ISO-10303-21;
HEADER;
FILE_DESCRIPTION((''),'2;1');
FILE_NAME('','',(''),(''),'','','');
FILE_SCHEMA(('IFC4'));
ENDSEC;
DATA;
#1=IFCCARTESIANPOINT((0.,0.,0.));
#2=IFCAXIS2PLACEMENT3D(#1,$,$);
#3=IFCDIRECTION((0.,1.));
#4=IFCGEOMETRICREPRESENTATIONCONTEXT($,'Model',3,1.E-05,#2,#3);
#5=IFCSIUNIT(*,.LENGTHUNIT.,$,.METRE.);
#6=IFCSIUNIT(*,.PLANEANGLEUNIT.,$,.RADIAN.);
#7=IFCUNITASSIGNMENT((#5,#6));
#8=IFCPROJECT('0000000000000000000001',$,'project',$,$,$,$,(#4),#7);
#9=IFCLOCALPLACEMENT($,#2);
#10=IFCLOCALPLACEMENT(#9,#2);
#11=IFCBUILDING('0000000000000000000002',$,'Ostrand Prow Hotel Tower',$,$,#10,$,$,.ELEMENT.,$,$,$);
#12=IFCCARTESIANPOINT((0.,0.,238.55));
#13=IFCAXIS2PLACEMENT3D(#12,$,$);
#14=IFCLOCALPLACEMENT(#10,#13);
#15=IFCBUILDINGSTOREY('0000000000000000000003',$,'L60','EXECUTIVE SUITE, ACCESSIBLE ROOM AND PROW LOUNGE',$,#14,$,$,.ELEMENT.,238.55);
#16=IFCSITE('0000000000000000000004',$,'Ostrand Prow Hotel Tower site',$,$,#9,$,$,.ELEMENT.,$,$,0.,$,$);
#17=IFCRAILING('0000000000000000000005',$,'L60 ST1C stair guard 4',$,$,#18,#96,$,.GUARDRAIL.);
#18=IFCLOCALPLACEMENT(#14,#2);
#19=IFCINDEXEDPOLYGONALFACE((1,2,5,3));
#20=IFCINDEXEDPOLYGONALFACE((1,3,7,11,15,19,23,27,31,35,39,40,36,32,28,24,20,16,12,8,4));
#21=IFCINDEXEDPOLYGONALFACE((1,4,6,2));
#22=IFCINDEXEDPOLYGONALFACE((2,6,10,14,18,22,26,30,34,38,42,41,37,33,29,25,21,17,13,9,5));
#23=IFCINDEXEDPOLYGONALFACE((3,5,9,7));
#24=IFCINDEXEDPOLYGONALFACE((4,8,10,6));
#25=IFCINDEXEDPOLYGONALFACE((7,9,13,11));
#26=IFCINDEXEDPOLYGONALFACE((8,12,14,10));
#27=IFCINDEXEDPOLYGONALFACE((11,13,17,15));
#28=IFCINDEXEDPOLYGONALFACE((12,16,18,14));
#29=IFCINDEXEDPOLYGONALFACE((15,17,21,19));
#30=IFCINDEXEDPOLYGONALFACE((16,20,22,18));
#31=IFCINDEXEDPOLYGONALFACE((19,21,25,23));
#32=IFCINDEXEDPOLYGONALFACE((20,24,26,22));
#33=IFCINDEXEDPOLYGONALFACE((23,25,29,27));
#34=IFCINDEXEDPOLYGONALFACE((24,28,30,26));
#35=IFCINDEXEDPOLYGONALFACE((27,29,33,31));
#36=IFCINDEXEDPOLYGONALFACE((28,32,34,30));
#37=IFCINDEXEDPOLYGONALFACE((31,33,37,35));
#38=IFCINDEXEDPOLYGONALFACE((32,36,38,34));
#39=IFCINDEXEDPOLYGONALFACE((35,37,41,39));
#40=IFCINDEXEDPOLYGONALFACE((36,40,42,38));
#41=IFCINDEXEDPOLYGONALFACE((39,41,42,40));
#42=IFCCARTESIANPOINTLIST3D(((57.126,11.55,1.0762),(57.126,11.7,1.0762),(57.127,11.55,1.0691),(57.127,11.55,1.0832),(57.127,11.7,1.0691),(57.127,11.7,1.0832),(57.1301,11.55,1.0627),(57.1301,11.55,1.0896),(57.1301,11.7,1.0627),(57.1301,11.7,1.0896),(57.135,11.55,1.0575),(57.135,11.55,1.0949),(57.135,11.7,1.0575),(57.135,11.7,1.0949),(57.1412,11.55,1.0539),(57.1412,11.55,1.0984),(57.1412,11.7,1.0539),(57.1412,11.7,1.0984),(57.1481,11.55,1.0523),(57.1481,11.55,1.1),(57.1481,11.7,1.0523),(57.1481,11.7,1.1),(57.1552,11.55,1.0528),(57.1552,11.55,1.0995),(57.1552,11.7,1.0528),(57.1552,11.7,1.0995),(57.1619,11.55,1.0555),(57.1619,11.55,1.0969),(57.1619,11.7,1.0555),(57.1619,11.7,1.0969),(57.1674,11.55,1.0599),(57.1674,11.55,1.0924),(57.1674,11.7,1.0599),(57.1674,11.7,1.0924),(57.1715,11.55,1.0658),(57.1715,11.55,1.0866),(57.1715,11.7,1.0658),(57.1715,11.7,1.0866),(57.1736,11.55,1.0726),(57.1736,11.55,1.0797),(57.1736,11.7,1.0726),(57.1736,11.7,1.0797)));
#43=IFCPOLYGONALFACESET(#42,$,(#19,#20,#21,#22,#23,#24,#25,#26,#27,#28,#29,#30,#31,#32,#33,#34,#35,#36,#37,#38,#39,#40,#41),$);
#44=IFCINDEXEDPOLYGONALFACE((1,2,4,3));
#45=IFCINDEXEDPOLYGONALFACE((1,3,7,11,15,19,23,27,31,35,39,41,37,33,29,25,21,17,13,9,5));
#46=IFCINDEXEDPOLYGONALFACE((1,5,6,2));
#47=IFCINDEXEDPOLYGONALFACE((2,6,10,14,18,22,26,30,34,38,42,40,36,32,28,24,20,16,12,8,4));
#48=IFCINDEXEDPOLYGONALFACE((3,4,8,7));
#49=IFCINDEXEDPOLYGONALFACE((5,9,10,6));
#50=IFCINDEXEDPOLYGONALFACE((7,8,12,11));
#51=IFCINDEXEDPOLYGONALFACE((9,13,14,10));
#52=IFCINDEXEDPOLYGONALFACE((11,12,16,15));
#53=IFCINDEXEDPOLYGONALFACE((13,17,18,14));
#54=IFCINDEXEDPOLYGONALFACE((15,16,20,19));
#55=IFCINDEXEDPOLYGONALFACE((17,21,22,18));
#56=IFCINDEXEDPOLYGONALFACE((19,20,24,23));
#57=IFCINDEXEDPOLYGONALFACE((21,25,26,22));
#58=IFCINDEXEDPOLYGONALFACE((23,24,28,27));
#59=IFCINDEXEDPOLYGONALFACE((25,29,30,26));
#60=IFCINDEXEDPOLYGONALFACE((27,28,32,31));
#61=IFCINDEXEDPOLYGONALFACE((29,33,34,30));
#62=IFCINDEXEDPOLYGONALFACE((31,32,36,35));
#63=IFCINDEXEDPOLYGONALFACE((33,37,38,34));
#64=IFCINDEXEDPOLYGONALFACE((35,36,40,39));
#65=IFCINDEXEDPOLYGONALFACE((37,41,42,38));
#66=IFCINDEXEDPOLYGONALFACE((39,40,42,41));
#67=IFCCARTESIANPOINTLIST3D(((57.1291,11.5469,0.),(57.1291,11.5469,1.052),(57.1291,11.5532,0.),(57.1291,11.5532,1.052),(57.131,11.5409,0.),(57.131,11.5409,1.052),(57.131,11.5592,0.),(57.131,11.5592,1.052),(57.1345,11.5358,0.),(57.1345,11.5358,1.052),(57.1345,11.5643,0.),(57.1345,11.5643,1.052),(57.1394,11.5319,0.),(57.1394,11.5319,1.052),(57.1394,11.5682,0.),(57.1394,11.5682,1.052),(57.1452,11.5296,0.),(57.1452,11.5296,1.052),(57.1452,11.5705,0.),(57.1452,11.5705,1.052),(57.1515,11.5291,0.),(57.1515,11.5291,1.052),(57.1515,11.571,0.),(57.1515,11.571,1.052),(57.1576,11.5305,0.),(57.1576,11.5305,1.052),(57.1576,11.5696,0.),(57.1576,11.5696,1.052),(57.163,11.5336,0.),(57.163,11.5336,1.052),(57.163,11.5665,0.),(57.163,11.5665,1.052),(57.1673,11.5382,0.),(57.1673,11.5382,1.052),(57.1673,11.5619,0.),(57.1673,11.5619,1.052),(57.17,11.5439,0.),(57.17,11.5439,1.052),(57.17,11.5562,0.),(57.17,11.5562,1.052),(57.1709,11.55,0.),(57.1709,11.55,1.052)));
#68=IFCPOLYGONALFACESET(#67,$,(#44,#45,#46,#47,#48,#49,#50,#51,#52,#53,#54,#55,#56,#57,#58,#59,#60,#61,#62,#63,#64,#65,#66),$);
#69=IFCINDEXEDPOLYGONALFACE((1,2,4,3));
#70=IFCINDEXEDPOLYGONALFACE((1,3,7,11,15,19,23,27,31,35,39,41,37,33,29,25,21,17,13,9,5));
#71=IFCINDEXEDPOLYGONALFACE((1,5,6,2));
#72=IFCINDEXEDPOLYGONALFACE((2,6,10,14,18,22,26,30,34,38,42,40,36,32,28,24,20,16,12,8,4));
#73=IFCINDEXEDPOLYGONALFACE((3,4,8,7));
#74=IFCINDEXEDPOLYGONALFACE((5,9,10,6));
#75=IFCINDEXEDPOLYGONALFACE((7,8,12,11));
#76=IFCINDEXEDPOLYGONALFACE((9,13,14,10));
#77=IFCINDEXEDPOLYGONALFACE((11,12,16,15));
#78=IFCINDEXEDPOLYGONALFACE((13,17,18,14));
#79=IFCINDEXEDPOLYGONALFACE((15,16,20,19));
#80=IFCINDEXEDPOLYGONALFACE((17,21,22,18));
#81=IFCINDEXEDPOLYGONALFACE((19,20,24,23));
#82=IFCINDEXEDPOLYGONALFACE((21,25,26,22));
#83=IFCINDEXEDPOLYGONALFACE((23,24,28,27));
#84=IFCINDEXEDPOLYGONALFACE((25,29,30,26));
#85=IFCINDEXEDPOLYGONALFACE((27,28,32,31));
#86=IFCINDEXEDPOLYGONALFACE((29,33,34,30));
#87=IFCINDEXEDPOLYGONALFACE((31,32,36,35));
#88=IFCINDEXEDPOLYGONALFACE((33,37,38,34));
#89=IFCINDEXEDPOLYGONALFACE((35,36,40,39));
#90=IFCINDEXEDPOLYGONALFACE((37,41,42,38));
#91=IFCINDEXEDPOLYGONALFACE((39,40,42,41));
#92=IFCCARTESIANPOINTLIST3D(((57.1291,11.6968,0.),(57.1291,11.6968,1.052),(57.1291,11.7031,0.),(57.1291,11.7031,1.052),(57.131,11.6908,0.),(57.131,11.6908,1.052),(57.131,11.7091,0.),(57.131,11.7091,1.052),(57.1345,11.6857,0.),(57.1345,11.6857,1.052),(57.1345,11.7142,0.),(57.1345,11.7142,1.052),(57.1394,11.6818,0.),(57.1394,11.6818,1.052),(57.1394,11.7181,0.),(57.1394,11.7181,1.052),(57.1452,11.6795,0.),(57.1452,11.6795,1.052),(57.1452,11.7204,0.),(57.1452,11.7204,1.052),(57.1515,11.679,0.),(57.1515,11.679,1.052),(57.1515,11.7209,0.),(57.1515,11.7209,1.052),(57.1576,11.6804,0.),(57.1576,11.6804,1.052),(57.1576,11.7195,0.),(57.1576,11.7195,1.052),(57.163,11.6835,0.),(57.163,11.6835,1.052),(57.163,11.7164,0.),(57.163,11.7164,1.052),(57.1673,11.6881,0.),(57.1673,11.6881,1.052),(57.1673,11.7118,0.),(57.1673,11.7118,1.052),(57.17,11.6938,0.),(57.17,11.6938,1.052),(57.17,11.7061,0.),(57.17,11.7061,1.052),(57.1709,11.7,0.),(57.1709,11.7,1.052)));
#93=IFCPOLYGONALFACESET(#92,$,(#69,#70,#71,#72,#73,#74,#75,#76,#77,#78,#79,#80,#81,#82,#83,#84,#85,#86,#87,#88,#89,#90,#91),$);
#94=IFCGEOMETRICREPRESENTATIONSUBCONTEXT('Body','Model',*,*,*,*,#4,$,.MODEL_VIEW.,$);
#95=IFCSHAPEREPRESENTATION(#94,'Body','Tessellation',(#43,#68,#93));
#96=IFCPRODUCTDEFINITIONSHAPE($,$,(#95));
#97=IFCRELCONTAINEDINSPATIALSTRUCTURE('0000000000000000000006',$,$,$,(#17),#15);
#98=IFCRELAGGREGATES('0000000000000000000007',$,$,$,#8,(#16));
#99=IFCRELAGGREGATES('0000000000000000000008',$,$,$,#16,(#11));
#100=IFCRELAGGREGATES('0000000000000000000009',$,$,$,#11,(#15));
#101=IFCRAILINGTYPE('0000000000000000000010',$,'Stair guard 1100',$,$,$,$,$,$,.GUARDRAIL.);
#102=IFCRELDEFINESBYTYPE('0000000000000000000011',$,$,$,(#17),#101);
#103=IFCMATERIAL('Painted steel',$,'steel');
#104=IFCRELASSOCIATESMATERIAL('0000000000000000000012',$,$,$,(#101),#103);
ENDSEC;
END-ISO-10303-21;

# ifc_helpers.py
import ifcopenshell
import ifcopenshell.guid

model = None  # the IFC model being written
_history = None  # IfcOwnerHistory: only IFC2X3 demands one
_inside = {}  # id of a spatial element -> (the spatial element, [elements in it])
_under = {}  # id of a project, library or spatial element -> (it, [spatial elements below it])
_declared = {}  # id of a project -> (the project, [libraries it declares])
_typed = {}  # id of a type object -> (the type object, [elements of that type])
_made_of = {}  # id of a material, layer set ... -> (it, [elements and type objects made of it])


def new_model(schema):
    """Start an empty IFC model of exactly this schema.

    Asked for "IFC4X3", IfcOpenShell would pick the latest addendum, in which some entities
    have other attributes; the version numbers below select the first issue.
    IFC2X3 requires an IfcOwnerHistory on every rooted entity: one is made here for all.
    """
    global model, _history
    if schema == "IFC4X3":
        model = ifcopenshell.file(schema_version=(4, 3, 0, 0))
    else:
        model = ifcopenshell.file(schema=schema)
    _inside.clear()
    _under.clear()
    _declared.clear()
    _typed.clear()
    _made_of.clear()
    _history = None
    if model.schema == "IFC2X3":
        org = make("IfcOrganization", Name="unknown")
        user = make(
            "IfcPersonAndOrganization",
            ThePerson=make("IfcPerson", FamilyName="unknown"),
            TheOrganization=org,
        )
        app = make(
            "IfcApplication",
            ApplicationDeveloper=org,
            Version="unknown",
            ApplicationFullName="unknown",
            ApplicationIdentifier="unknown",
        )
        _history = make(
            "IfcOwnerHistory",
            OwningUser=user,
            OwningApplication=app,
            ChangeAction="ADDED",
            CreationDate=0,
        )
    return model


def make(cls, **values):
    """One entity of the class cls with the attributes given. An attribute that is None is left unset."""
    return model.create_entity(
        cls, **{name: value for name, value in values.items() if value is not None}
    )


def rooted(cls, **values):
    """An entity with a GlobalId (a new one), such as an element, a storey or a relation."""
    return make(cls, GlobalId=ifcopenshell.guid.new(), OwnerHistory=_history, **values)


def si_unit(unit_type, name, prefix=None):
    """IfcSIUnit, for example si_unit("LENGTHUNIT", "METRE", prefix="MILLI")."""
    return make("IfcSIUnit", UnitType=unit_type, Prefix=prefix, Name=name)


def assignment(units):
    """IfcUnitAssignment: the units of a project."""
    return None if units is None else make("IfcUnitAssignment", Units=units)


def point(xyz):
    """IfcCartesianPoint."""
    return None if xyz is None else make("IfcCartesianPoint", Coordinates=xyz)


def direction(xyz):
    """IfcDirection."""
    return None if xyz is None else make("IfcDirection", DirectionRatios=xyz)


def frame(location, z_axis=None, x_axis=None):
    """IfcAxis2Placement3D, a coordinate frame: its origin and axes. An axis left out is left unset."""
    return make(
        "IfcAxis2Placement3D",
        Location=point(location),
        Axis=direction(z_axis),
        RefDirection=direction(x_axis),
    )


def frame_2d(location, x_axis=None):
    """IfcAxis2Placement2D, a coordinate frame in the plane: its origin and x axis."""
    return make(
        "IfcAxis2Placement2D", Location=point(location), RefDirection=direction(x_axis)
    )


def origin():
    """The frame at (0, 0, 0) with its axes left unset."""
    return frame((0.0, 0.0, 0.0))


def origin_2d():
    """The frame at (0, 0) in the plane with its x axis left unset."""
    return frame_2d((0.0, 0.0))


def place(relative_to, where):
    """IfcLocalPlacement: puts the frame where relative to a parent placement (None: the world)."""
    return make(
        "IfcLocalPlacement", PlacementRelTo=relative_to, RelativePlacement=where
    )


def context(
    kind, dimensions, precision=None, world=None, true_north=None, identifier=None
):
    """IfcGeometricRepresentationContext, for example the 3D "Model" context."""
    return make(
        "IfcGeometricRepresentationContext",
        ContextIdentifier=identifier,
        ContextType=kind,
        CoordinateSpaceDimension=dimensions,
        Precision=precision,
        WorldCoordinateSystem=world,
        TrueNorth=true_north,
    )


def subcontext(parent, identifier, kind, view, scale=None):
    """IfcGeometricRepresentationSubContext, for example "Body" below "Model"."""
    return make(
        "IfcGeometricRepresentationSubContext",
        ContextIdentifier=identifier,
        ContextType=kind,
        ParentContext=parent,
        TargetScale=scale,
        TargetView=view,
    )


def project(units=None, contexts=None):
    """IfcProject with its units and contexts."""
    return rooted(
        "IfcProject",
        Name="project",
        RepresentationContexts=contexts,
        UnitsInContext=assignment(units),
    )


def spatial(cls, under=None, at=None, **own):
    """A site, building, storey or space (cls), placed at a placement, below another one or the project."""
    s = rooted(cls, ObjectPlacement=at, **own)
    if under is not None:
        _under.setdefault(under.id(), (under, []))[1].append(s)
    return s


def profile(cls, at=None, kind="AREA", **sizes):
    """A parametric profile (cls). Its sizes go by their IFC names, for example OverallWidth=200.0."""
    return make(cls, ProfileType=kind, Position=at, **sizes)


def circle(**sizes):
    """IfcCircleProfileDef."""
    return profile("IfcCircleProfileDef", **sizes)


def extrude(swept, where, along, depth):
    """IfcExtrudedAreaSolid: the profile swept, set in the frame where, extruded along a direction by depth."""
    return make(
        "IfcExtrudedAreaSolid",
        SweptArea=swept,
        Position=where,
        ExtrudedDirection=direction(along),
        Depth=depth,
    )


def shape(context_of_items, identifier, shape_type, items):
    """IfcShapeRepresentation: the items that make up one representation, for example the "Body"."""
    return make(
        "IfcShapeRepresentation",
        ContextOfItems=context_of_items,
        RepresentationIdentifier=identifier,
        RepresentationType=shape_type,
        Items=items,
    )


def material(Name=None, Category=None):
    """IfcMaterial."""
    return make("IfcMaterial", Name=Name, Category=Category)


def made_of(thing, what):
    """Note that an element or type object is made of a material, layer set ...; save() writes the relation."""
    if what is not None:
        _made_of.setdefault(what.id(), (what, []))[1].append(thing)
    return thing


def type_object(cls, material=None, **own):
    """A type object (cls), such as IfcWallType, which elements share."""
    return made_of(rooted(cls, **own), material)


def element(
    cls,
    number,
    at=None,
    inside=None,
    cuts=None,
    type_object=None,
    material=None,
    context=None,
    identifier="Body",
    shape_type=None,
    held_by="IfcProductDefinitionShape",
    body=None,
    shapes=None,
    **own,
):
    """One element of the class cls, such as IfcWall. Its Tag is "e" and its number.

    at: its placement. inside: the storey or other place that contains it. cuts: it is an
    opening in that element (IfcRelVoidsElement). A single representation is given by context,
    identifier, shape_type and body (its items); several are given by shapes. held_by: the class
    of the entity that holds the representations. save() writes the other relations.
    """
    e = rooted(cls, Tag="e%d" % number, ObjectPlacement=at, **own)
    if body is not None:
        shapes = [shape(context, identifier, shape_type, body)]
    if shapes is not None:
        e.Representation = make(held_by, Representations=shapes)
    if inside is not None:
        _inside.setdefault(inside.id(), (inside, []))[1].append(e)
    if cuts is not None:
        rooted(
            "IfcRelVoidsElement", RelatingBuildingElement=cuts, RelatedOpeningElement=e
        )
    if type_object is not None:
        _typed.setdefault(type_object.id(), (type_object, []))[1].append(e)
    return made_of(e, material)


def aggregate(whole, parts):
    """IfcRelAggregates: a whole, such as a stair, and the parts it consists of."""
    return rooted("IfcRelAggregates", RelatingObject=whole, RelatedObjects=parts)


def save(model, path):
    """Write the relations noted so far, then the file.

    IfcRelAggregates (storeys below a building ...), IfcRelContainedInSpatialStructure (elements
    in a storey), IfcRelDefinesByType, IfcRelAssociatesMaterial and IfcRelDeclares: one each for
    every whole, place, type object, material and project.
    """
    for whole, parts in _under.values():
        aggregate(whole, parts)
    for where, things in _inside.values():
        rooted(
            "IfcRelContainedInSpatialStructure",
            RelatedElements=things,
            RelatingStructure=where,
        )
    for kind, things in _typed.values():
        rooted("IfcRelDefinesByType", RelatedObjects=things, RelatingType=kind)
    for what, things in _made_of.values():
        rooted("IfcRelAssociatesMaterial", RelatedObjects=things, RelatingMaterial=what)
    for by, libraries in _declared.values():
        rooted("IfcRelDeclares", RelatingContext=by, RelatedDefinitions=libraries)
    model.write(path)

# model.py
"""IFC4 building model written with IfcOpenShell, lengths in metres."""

from ifc_helpers import new_model, si_unit, direction, frame, origin, origin_2d, place, context, subcontext, project, spatial, circle, extrude, material, type_object, element, save


model = new_model("IFC4")

# Units and contexts
model_context = context("Model", 3, precision=1e-05, world=origin(), true_north=direction((0.0, 1.0)))
body_context = subcontext(model_context, "Body", "Model", "MODEL_VIEW")
ifc_project = project(units=[si_unit("LENGTHUNIT", "METRE"), si_unit("PLANEANGLEUNIT", "RADIAN")], contexts=[model_context])

# Site, building, storey
site_placement = place(None, origin())
site = spatial("IfcSite", under=ifc_project, at=site_placement, Name="Ostrand Prow Hotel Tower site", CompositionType="ELEMENT", RefElevation=0.0)
building_placement = place(site_placement, origin())
building = spatial("IfcBuilding", under=site, at=building_placement, Name="Ostrand Prow Hotel Tower", CompositionType="ELEMENT")
storey_placement = place(building_placement, frame((0.0, 0.0, 238.55)))
storey = spatial("IfcBuildingStorey", under=building, at=storey_placement, Name="L60", Description="EXECUTIVE SUITE, ACCESSIBLE ROOM AND PROW LOUNGE", CompositionType="ELEMENT", Elevation=238.55)

# Railing
ifc_material_1 = material(Name="Painted steel", Category="steel")
railing_type_1 = type_object("IfcRailingType", Name="Stair guard 1100", PredefinedType="GUARDRAIL", material=ifc_material_1)
railing_1_placement = place(storey_placement, frame((57.1499, 11.55, 0.0)))
element("IfcRailing", 1, at=railing_1_placement, inside=storey, type_object=railing_type_1, Name="L60 ST1C stair guard 4", PredefinedType="GUARDRAIL", context=body_context, shape_type="SweptSolid", body=[
    extrude(circle(Radius=0.0239, at=origin_2d()), frame((0.0, 0.0, 1.0762), z_axis=(0.0, 1.0, 0.0), x_axis=(-1.0, 0.0, 0.0)), (0.0, 0.0, 1.0), 0.1499),
    extrude(circle(Radius=0.021, at=origin_2d()), origin(), (0.0, 0.0, 1.0), 1.052),
    extrude(circle(Radius=0.021, at=origin_2d()), frame((0.0, 0.1499, 0.0)), (0.0, 0.0, 1.0), 1.052),
])

save(model, "model.ifc")
